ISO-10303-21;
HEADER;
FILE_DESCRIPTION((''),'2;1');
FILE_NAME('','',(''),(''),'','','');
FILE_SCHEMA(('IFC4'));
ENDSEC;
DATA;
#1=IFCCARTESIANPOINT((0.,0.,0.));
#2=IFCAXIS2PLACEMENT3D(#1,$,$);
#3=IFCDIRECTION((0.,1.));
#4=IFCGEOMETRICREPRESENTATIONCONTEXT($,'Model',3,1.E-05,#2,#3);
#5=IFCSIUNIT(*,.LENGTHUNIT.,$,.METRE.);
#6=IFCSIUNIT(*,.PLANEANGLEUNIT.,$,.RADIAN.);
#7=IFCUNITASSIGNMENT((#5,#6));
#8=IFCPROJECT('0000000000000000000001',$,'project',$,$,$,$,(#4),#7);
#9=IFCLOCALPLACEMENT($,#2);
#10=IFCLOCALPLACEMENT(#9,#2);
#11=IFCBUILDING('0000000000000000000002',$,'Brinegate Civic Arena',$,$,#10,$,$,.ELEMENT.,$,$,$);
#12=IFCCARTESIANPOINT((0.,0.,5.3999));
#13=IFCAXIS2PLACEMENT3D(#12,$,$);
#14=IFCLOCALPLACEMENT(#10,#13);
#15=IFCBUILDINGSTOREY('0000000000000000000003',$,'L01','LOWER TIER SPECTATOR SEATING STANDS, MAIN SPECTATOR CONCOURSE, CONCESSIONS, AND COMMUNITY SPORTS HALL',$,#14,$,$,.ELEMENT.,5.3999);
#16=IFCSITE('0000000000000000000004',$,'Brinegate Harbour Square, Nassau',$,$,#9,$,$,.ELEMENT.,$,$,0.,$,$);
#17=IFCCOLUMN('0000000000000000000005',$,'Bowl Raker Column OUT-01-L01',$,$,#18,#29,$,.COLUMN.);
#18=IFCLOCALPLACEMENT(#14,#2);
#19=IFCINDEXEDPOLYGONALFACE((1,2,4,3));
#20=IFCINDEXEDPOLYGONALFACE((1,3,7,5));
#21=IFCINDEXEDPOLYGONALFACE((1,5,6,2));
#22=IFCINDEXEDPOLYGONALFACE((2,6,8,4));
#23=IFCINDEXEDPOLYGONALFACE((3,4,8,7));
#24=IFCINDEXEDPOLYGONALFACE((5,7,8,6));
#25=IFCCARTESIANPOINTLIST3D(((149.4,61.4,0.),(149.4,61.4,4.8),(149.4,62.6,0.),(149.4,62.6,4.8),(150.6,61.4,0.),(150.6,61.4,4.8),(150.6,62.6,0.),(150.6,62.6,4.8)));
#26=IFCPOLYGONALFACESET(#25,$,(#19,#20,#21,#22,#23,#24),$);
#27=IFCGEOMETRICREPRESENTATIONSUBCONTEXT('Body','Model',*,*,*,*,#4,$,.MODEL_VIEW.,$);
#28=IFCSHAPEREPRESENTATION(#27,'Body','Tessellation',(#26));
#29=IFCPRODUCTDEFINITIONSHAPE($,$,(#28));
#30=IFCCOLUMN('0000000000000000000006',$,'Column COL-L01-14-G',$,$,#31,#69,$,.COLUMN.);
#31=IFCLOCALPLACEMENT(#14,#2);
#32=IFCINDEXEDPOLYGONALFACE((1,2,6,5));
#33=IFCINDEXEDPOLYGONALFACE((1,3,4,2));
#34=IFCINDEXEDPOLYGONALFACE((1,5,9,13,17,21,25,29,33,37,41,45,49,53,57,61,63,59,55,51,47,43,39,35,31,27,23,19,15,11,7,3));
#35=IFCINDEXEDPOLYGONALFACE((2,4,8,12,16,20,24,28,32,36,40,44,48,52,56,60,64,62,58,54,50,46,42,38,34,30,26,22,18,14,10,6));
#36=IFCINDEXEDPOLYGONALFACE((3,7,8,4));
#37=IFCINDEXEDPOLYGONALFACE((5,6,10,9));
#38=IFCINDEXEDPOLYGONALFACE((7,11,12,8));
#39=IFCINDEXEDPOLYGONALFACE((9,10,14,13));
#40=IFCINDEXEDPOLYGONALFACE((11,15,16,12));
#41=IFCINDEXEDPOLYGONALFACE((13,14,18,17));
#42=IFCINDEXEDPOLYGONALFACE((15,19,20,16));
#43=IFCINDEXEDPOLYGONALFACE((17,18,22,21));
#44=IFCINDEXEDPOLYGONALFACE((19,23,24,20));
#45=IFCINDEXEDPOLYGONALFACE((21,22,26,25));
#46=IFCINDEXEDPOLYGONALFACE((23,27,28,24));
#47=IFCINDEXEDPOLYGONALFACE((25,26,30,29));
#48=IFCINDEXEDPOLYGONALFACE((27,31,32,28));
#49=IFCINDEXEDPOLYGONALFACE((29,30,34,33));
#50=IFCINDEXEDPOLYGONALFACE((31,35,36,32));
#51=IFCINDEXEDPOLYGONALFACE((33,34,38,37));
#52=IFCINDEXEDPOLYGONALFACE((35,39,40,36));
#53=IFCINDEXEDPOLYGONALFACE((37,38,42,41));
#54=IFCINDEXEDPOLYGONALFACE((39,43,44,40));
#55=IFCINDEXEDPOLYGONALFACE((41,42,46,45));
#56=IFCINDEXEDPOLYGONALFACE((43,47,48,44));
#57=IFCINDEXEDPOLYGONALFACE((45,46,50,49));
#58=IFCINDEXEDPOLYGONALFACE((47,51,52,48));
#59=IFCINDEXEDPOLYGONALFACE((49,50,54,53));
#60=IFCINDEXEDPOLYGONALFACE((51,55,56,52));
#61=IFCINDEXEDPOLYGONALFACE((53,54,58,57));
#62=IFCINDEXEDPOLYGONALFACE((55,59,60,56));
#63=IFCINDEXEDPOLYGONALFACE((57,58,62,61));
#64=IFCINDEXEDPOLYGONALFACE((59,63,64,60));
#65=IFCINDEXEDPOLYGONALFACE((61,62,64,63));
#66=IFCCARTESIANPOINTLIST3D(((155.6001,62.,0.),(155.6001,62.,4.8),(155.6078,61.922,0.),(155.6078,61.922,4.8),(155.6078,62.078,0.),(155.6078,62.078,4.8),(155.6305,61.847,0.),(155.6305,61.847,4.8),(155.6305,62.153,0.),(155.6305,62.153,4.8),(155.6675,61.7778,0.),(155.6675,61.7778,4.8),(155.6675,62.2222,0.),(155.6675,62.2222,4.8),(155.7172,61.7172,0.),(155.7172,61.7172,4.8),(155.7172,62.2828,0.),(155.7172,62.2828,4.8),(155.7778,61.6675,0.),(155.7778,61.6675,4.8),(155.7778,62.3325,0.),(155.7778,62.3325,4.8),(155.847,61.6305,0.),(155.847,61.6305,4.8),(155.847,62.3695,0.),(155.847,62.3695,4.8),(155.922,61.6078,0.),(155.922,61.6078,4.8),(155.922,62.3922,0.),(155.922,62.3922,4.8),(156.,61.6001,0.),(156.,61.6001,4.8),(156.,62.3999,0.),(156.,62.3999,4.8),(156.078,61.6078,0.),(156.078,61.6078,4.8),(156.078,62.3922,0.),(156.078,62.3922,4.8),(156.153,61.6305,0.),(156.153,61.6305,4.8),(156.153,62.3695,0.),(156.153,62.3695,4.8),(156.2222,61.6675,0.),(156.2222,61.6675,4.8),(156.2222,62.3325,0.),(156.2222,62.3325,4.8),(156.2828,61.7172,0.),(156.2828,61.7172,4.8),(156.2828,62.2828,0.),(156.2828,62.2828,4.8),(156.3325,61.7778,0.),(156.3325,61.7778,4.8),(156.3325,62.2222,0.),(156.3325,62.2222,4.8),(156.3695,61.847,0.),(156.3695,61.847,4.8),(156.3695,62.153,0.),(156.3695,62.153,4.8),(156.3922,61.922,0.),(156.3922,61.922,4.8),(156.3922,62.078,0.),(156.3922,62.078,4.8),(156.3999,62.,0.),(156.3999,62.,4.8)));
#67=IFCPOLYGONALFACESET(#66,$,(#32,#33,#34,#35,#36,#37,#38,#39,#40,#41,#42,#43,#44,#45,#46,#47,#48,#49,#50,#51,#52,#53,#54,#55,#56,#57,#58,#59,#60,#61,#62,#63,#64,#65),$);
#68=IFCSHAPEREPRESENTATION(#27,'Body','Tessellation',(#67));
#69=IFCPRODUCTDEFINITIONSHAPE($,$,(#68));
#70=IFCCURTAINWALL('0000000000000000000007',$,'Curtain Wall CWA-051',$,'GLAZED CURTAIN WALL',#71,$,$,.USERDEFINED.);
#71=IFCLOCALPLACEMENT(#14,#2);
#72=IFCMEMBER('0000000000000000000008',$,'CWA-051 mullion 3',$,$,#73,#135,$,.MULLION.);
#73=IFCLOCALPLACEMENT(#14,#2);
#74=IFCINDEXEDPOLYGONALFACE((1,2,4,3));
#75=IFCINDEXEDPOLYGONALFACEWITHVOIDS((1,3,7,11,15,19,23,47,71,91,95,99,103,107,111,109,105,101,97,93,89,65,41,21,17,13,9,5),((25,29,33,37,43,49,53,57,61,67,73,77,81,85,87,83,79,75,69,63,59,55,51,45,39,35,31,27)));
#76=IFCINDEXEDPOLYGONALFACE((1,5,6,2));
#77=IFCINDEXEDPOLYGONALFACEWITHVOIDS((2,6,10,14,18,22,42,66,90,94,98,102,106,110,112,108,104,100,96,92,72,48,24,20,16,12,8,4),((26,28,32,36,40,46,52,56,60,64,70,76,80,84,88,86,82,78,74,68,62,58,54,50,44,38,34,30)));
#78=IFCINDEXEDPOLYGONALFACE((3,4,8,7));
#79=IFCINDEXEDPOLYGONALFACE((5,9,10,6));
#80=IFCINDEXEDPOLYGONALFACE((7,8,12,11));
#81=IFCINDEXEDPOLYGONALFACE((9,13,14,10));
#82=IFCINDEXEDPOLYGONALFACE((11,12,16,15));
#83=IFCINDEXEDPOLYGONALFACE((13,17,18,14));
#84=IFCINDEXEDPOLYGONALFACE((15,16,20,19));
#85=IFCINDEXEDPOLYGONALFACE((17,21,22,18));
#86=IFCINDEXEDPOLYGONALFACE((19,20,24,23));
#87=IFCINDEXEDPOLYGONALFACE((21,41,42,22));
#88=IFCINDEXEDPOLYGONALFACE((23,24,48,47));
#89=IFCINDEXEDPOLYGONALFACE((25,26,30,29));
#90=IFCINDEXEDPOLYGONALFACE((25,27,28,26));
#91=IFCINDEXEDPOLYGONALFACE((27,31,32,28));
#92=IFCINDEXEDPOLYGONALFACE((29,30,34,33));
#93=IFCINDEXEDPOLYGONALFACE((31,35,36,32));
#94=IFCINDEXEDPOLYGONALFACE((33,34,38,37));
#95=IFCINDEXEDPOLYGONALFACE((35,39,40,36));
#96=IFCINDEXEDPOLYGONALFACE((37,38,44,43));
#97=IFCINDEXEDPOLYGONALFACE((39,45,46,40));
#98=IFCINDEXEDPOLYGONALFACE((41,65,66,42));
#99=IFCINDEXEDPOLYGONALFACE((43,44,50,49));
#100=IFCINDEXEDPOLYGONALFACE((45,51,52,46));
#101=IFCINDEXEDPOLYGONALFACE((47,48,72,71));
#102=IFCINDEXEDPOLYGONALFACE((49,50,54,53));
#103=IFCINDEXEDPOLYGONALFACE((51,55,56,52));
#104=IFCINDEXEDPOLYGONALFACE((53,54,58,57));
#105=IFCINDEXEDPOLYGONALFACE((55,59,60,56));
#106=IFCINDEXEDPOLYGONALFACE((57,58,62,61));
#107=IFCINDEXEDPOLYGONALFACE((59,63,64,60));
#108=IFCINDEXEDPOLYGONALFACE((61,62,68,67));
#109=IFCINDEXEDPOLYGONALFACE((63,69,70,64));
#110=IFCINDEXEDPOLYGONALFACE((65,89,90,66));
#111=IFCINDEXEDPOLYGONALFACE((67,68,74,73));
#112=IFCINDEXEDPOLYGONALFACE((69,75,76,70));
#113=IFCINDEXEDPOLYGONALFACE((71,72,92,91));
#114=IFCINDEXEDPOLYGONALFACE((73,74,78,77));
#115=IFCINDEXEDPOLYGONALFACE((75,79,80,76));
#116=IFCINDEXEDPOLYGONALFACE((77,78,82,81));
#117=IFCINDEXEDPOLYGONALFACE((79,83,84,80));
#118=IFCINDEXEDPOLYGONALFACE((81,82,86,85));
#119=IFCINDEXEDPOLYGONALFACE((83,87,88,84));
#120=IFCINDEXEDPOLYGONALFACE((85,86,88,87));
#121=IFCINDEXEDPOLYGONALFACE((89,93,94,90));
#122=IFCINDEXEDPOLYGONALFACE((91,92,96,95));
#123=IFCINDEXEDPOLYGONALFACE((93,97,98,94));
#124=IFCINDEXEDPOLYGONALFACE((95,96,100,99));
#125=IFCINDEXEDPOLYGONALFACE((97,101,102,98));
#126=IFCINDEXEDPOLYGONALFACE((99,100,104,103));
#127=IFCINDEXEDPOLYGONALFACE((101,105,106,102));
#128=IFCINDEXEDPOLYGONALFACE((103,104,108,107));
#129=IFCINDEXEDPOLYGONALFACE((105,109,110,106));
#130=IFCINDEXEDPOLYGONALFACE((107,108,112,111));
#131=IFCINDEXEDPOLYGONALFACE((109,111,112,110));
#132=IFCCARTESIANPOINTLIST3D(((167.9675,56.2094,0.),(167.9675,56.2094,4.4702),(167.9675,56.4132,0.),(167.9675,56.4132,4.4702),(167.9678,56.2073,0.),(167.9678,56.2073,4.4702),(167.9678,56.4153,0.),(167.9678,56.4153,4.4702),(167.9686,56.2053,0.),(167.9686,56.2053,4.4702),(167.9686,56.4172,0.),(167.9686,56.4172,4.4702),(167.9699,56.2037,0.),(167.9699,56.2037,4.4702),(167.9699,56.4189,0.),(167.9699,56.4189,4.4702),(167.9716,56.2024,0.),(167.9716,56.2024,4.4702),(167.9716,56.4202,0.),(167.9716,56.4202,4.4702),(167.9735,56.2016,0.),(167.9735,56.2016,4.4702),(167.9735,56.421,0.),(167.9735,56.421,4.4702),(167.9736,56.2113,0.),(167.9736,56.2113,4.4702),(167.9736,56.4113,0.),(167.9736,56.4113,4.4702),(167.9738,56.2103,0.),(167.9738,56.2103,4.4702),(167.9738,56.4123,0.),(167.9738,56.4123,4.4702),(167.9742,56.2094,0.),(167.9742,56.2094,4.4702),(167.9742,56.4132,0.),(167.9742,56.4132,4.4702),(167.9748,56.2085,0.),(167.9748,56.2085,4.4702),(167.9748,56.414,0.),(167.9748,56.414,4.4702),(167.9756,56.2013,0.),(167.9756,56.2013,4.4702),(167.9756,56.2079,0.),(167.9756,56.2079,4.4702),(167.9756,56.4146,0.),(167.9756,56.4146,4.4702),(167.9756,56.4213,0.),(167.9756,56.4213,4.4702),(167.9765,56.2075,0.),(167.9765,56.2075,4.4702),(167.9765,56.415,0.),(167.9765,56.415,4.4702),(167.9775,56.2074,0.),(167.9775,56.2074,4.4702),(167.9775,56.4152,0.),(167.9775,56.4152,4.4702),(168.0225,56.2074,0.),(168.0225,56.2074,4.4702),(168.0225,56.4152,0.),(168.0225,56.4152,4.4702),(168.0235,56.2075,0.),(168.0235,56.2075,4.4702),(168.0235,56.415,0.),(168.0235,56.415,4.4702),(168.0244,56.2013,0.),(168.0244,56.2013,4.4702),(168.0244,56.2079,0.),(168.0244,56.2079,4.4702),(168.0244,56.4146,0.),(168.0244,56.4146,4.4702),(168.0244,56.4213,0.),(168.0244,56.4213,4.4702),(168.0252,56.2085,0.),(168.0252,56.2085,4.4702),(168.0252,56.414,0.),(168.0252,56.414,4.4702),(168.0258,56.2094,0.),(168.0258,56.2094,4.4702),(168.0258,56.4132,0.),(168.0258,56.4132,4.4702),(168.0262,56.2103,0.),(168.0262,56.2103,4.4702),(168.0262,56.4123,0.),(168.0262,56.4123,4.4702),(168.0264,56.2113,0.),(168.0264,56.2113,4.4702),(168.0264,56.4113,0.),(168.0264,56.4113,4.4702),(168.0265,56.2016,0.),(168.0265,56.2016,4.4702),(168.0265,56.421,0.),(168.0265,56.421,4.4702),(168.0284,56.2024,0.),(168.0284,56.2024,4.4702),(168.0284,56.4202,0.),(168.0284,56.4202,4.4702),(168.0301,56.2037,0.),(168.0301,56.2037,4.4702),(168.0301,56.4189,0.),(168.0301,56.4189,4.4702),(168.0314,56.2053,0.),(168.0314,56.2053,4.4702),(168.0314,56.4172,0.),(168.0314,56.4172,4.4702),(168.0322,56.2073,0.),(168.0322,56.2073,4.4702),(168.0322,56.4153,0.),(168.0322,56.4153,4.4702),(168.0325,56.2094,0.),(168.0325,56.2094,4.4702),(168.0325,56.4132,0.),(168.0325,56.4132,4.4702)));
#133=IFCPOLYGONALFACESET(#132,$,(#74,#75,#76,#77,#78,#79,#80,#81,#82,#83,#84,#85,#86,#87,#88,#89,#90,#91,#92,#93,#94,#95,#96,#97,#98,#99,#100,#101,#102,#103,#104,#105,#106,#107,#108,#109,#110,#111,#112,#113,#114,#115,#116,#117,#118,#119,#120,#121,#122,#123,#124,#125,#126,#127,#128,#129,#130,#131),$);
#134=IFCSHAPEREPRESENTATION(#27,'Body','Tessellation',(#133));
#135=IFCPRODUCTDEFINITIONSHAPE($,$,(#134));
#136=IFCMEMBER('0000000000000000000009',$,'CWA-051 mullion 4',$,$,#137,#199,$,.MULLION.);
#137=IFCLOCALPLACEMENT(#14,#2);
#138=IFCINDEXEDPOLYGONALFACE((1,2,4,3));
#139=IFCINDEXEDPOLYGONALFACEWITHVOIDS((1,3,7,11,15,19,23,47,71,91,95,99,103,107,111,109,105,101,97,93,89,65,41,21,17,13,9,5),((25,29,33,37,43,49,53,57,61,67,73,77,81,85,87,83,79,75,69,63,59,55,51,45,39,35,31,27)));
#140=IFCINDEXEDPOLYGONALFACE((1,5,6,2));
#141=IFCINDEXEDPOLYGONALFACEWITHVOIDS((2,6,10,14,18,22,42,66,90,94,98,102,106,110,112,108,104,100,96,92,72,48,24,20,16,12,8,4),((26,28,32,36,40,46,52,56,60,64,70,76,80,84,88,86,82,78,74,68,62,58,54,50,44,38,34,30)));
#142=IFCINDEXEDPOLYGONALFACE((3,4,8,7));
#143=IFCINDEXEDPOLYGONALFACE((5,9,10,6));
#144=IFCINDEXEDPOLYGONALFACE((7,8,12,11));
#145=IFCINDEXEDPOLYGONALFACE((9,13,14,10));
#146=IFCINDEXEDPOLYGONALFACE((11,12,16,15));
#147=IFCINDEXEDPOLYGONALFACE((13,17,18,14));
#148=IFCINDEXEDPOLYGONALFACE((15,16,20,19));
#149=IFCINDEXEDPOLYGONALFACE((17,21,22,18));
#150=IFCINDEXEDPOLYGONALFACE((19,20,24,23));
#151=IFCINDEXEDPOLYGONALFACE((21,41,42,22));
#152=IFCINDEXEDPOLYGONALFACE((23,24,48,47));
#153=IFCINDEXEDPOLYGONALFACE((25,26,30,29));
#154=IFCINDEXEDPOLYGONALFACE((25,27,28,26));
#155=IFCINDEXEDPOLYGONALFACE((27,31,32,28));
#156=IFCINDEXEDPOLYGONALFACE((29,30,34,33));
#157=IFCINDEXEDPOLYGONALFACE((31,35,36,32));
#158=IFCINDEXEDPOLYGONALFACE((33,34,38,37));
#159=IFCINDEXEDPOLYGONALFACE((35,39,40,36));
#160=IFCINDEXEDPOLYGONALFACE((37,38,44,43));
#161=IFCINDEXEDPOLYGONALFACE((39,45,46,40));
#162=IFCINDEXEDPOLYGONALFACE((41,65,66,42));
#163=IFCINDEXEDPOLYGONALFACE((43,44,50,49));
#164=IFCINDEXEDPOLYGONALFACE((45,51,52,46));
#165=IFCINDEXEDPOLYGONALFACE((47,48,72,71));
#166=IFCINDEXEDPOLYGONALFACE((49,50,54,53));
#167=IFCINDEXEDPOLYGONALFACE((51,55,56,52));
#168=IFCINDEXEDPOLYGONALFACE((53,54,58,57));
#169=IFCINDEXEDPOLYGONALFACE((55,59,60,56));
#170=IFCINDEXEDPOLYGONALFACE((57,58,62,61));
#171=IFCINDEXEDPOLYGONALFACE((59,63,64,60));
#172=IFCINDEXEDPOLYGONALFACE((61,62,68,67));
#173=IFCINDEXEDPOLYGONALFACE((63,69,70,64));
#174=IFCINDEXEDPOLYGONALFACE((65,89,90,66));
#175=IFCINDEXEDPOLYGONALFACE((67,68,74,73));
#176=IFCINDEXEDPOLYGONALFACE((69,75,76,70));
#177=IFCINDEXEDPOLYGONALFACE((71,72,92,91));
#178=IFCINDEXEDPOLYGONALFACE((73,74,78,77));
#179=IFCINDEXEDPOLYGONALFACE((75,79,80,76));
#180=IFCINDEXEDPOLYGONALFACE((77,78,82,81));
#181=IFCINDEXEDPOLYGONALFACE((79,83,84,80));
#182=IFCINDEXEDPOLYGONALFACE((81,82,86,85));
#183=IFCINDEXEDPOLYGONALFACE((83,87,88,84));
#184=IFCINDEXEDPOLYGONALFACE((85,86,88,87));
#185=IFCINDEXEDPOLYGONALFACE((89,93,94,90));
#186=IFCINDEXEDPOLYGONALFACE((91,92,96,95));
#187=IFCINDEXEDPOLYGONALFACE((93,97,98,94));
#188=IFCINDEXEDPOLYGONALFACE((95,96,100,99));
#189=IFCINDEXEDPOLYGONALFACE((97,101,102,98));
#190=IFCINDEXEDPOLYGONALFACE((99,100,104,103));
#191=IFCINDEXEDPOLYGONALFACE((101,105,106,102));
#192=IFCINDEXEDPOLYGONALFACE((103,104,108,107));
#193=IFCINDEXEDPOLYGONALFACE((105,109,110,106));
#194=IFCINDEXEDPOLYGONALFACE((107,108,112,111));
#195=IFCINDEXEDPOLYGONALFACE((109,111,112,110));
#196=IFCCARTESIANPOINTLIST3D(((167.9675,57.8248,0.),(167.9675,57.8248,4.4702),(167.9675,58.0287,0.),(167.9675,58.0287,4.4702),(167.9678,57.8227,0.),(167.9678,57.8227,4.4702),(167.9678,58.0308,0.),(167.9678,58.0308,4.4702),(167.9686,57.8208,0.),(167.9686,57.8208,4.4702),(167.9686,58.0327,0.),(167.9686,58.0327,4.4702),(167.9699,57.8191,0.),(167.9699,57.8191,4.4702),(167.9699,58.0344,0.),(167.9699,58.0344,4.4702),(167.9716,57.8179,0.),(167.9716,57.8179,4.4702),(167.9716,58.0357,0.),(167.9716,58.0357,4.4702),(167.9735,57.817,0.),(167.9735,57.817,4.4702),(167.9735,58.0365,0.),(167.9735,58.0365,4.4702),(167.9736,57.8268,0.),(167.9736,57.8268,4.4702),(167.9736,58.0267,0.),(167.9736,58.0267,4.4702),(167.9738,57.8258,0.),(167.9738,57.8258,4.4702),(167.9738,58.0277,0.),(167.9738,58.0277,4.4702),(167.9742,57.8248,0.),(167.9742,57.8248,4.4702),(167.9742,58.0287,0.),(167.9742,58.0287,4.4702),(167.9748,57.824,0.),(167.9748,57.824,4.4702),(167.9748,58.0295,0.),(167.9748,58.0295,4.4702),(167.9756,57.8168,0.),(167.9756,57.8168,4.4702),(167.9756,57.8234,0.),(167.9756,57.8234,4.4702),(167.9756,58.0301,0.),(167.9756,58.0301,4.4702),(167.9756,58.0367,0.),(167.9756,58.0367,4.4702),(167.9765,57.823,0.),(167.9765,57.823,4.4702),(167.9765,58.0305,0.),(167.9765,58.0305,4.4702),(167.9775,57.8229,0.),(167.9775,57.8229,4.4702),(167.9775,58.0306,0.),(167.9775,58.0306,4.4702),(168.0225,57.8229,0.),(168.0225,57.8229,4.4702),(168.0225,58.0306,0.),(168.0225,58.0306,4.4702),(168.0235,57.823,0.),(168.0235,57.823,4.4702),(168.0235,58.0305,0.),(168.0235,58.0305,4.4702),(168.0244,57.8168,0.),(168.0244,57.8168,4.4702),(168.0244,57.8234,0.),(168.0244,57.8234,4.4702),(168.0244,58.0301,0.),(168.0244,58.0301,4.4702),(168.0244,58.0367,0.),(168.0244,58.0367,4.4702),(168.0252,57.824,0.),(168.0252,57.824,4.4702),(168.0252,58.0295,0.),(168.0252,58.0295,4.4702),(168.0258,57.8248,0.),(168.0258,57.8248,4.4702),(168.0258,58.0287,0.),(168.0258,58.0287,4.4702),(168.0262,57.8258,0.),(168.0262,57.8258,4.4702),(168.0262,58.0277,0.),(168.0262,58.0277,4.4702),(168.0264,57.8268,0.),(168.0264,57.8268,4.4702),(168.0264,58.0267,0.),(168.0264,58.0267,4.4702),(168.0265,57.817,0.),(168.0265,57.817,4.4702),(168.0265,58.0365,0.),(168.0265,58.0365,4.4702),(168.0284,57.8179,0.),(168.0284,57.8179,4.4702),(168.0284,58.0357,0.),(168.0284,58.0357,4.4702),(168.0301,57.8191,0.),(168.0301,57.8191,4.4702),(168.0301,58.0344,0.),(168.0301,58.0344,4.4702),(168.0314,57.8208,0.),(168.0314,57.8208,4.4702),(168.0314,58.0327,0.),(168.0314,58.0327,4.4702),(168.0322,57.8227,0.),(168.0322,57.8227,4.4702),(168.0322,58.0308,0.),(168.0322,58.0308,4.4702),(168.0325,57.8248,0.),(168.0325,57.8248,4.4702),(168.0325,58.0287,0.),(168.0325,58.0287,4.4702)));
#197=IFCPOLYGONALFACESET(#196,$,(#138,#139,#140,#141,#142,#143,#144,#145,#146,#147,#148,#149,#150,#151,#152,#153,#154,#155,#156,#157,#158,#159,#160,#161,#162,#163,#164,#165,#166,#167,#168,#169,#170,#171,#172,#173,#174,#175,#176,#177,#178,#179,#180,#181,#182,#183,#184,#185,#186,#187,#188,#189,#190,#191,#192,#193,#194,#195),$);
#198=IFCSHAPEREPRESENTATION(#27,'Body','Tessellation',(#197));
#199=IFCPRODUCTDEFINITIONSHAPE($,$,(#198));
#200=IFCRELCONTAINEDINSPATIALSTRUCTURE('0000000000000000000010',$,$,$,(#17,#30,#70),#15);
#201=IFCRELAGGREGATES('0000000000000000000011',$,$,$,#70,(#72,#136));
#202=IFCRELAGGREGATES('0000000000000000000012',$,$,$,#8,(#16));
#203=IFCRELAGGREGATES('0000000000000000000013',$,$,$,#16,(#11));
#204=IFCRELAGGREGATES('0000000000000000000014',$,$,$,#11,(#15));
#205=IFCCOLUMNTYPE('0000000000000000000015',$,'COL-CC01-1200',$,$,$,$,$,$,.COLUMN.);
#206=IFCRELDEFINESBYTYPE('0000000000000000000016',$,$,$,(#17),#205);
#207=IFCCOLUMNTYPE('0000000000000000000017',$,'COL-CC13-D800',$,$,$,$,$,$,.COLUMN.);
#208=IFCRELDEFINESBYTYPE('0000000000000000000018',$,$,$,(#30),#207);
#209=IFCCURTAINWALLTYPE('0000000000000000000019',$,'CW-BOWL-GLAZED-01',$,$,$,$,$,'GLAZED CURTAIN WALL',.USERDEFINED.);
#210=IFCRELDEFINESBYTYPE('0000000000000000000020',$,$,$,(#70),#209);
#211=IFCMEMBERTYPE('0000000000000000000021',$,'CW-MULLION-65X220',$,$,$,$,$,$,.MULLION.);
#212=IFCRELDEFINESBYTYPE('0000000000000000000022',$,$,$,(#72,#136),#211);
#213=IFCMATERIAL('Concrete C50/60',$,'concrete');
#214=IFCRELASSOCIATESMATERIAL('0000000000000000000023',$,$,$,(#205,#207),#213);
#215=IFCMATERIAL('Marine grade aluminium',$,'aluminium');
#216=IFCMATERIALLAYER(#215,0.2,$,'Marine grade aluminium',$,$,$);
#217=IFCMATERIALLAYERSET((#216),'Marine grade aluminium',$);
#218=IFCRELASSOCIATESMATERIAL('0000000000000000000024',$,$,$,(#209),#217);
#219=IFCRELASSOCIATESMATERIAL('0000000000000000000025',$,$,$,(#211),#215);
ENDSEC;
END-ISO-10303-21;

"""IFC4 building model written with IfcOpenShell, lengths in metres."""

from ifc_helpers import new_model, si_unit, direction, frame, origin, origin_2d, place, context, subcontext, project, spatial, rectangle, hollow_rectangle, circle, extrude, material, layer, layer_set, material_profile, profile_set, type_object, element, aggregate, save


model = new_model("IFC4")

# Units and contexts
model_context = context("Model", 3, precision=1e-05, world=origin(), true_north=direction((0.0, 1.0)))
body_context = subcontext(model_context, "Body", "Model", "MODEL_VIEW")
ifc_project = project(units=[si_unit("LENGTHUNIT", "METRE"), si_unit("PLANEANGLEUNIT", "RADIAN")], contexts=[model_context])

# Site, building, storey
site_placement = place(None, origin())
site = spatial("IfcSite", under=ifc_project, at=site_placement, Name="Brinegate Harbour Square, Nassau", CompositionType="ELEMENT", RefElevation=0.0)
building_placement = place(site_placement, origin())
building = spatial("IfcBuilding", under=site, at=building_placement, Name="Brinegate Civic Arena", CompositionType="ELEMENT")
storey_placement = place(building_placement, frame((0.0, 0.0, 5.3999)))
storey = spatial("IfcBuildingStorey", under=building, at=storey_placement, Name="L01", Description="LOWER TIER SPECTATOR SEATING STANDS, MAIN SPECTATOR CONCOURSE, CONCESSIONS, AND COMMUNITY SPORTS HALL", CompositionType="ELEMENT", Elevation=5.3999)

# Columns
ifc_material_1 = material(Name="Concrete C50/60", Category="concrete")
ifc_material_profile_1 = material_profile(ifc_material_1, rectangle(XDim=1.2, YDim=1.2, at=origin_2d()), Name="RC1200X1200")
ifc_profile_set_1 = profile_set([ifc_material_profile_1], Name="Concrete C50/60")
column_type_1 = type_object("IfcColumnType", Name="COL-CC01-1200", PredefinedType="COLUMN", material=ifc_profile_set_1)
column_1_placement = place(storey_placement, frame((150.0, 62.0, 0.0), z_axis=(0.0, 0.0, 1.0), x_axis=(1.0, 0.0, 0.0)))
element("IfcColumn", 1, at=column_1_placement, inside=storey, type_object=column_type_1, Name="Bowl Raker Column OUT-01-L01", PredefinedType="COLUMN", context=body_context, shape_type="SweptSolid", body=[
    extrude(rectangle(XDim=1.2, YDim=1.2, at=origin_2d()), origin(), (0.0, 0.0, 1.0), 4.8),
])
ifc_material_profile_2 = material_profile(ifc_material_1, circle(Radius=0.3999, at=origin_2d()), Name="RCD800")
ifc_profile_set_2 = profile_set([ifc_material_profile_2], Name="Concrete C50/60")
column_type_2 = type_object("IfcColumnType", Name="COL-CC13-D800", PredefinedType="COLUMN", material=ifc_profile_set_2)
column_2_placement = place(storey_placement, frame((156.0, 62.0, 0.0), z_axis=(0.0, 0.0, 1.0), x_axis=(1.0, 0.0, 0.0)))
element("IfcColumn", 2, at=column_2_placement, inside=storey, type_object=column_type_2, Name="Column COL-L01-14-G", PredefinedType="COLUMN", context=body_context, shape_type="SweptSolid", body=[
    extrude(circle(Radius=0.3999, at=origin_2d()), origin(), (0.0, 0.0, 1.0), 4.8),
])

# Curtain wall, members
ifc_material_2 = material(Name="Marine grade aluminium", Category="aluminium")
ifc_layer_1 = layer(ifc_material_2, 0.2, Name="Marine grade aluminium")
ifc_layer_set_1 = layer_set([ifc_layer_1], Name="Marine grade aluminium")
curtain_wall_type = type_object("IfcCurtainWallType", Name="CW-BOWL-GLAZED-01", ElementType="GLAZED CURTAIN WALL", PredefinedType="USERDEFINED", material=ifc_layer_set_1)
curtain_wall_placement = place(storey_placement, origin())
curtain_wall = element("IfcCurtainWall", 3, at=curtain_wall_placement, inside=storey, type_object=curtain_wall_type, Name="Curtain Wall CWA-051", ObjectType="GLAZED CURTAIN WALL", PredefinedType="USERDEFINED")
ifc_material_profile_3 = material_profile(ifc_material_2, hollow_rectangle(XDim=0.0649, YDim=0.22, WallThickness=0.0061, InnerFilletRadius=0.0039, OuterFilletRadius=0.0081, at=origin_2d()), Name="MUL65X220")
ifc_profile_set_3 = profile_set([ifc_material_profile_3], Name="Marine grade aluminium")
member_type_1 = type_object("IfcMemberType", Name="CW-MULLION-65X220", PredefinedType="MULLION", material=ifc_profile_set_3)
member_1_placement = place(storey_placement, frame((168.0, 56.3113, 0.0), z_axis=(0.0, 0.0, 1.0), x_axis=(-1.0, 0.0, 0.0)))
member_1 = element("IfcMember", 4, at=member_1_placement, type_object=member_type_1, Name="CWA-051 mullion 3", PredefinedType="MULLION", context=body_context, shape_type="SweptSolid", body=[
    extrude(hollow_rectangle(XDim=0.0649, YDim=0.22, WallThickness=0.0061, InnerFilletRadius=0.0039, OuterFilletRadius=0.0081, at=origin_2d()), origin(), (0.0, 0.0, 1.0), 4.4702),
])
member_2_placement = place(storey_placement, frame((168.0, 57.9268, 0.0), z_axis=(0.0, 0.0, 1.0), x_axis=(-1.0, 0.0, 0.0)))
member_2 = element("IfcMember", 5, at=member_2_placement, type_object=member_type_1, Name="CWA-051 mullion 4", PredefinedType="MULLION", context=body_context, shape_type="SweptSolid", body=[
    extrude(hollow_rectangle(XDim=0.0649, YDim=0.22, WallThickness=0.0061, InnerFilletRadius=0.0039, OuterFilletRadius=0.0081, at=origin_2d()), origin(), (0.0, 0.0, 1.0), 4.4702),
])

aggregate(curtain_wall, [member_1, member_2])

save(model, "model.ifc")
